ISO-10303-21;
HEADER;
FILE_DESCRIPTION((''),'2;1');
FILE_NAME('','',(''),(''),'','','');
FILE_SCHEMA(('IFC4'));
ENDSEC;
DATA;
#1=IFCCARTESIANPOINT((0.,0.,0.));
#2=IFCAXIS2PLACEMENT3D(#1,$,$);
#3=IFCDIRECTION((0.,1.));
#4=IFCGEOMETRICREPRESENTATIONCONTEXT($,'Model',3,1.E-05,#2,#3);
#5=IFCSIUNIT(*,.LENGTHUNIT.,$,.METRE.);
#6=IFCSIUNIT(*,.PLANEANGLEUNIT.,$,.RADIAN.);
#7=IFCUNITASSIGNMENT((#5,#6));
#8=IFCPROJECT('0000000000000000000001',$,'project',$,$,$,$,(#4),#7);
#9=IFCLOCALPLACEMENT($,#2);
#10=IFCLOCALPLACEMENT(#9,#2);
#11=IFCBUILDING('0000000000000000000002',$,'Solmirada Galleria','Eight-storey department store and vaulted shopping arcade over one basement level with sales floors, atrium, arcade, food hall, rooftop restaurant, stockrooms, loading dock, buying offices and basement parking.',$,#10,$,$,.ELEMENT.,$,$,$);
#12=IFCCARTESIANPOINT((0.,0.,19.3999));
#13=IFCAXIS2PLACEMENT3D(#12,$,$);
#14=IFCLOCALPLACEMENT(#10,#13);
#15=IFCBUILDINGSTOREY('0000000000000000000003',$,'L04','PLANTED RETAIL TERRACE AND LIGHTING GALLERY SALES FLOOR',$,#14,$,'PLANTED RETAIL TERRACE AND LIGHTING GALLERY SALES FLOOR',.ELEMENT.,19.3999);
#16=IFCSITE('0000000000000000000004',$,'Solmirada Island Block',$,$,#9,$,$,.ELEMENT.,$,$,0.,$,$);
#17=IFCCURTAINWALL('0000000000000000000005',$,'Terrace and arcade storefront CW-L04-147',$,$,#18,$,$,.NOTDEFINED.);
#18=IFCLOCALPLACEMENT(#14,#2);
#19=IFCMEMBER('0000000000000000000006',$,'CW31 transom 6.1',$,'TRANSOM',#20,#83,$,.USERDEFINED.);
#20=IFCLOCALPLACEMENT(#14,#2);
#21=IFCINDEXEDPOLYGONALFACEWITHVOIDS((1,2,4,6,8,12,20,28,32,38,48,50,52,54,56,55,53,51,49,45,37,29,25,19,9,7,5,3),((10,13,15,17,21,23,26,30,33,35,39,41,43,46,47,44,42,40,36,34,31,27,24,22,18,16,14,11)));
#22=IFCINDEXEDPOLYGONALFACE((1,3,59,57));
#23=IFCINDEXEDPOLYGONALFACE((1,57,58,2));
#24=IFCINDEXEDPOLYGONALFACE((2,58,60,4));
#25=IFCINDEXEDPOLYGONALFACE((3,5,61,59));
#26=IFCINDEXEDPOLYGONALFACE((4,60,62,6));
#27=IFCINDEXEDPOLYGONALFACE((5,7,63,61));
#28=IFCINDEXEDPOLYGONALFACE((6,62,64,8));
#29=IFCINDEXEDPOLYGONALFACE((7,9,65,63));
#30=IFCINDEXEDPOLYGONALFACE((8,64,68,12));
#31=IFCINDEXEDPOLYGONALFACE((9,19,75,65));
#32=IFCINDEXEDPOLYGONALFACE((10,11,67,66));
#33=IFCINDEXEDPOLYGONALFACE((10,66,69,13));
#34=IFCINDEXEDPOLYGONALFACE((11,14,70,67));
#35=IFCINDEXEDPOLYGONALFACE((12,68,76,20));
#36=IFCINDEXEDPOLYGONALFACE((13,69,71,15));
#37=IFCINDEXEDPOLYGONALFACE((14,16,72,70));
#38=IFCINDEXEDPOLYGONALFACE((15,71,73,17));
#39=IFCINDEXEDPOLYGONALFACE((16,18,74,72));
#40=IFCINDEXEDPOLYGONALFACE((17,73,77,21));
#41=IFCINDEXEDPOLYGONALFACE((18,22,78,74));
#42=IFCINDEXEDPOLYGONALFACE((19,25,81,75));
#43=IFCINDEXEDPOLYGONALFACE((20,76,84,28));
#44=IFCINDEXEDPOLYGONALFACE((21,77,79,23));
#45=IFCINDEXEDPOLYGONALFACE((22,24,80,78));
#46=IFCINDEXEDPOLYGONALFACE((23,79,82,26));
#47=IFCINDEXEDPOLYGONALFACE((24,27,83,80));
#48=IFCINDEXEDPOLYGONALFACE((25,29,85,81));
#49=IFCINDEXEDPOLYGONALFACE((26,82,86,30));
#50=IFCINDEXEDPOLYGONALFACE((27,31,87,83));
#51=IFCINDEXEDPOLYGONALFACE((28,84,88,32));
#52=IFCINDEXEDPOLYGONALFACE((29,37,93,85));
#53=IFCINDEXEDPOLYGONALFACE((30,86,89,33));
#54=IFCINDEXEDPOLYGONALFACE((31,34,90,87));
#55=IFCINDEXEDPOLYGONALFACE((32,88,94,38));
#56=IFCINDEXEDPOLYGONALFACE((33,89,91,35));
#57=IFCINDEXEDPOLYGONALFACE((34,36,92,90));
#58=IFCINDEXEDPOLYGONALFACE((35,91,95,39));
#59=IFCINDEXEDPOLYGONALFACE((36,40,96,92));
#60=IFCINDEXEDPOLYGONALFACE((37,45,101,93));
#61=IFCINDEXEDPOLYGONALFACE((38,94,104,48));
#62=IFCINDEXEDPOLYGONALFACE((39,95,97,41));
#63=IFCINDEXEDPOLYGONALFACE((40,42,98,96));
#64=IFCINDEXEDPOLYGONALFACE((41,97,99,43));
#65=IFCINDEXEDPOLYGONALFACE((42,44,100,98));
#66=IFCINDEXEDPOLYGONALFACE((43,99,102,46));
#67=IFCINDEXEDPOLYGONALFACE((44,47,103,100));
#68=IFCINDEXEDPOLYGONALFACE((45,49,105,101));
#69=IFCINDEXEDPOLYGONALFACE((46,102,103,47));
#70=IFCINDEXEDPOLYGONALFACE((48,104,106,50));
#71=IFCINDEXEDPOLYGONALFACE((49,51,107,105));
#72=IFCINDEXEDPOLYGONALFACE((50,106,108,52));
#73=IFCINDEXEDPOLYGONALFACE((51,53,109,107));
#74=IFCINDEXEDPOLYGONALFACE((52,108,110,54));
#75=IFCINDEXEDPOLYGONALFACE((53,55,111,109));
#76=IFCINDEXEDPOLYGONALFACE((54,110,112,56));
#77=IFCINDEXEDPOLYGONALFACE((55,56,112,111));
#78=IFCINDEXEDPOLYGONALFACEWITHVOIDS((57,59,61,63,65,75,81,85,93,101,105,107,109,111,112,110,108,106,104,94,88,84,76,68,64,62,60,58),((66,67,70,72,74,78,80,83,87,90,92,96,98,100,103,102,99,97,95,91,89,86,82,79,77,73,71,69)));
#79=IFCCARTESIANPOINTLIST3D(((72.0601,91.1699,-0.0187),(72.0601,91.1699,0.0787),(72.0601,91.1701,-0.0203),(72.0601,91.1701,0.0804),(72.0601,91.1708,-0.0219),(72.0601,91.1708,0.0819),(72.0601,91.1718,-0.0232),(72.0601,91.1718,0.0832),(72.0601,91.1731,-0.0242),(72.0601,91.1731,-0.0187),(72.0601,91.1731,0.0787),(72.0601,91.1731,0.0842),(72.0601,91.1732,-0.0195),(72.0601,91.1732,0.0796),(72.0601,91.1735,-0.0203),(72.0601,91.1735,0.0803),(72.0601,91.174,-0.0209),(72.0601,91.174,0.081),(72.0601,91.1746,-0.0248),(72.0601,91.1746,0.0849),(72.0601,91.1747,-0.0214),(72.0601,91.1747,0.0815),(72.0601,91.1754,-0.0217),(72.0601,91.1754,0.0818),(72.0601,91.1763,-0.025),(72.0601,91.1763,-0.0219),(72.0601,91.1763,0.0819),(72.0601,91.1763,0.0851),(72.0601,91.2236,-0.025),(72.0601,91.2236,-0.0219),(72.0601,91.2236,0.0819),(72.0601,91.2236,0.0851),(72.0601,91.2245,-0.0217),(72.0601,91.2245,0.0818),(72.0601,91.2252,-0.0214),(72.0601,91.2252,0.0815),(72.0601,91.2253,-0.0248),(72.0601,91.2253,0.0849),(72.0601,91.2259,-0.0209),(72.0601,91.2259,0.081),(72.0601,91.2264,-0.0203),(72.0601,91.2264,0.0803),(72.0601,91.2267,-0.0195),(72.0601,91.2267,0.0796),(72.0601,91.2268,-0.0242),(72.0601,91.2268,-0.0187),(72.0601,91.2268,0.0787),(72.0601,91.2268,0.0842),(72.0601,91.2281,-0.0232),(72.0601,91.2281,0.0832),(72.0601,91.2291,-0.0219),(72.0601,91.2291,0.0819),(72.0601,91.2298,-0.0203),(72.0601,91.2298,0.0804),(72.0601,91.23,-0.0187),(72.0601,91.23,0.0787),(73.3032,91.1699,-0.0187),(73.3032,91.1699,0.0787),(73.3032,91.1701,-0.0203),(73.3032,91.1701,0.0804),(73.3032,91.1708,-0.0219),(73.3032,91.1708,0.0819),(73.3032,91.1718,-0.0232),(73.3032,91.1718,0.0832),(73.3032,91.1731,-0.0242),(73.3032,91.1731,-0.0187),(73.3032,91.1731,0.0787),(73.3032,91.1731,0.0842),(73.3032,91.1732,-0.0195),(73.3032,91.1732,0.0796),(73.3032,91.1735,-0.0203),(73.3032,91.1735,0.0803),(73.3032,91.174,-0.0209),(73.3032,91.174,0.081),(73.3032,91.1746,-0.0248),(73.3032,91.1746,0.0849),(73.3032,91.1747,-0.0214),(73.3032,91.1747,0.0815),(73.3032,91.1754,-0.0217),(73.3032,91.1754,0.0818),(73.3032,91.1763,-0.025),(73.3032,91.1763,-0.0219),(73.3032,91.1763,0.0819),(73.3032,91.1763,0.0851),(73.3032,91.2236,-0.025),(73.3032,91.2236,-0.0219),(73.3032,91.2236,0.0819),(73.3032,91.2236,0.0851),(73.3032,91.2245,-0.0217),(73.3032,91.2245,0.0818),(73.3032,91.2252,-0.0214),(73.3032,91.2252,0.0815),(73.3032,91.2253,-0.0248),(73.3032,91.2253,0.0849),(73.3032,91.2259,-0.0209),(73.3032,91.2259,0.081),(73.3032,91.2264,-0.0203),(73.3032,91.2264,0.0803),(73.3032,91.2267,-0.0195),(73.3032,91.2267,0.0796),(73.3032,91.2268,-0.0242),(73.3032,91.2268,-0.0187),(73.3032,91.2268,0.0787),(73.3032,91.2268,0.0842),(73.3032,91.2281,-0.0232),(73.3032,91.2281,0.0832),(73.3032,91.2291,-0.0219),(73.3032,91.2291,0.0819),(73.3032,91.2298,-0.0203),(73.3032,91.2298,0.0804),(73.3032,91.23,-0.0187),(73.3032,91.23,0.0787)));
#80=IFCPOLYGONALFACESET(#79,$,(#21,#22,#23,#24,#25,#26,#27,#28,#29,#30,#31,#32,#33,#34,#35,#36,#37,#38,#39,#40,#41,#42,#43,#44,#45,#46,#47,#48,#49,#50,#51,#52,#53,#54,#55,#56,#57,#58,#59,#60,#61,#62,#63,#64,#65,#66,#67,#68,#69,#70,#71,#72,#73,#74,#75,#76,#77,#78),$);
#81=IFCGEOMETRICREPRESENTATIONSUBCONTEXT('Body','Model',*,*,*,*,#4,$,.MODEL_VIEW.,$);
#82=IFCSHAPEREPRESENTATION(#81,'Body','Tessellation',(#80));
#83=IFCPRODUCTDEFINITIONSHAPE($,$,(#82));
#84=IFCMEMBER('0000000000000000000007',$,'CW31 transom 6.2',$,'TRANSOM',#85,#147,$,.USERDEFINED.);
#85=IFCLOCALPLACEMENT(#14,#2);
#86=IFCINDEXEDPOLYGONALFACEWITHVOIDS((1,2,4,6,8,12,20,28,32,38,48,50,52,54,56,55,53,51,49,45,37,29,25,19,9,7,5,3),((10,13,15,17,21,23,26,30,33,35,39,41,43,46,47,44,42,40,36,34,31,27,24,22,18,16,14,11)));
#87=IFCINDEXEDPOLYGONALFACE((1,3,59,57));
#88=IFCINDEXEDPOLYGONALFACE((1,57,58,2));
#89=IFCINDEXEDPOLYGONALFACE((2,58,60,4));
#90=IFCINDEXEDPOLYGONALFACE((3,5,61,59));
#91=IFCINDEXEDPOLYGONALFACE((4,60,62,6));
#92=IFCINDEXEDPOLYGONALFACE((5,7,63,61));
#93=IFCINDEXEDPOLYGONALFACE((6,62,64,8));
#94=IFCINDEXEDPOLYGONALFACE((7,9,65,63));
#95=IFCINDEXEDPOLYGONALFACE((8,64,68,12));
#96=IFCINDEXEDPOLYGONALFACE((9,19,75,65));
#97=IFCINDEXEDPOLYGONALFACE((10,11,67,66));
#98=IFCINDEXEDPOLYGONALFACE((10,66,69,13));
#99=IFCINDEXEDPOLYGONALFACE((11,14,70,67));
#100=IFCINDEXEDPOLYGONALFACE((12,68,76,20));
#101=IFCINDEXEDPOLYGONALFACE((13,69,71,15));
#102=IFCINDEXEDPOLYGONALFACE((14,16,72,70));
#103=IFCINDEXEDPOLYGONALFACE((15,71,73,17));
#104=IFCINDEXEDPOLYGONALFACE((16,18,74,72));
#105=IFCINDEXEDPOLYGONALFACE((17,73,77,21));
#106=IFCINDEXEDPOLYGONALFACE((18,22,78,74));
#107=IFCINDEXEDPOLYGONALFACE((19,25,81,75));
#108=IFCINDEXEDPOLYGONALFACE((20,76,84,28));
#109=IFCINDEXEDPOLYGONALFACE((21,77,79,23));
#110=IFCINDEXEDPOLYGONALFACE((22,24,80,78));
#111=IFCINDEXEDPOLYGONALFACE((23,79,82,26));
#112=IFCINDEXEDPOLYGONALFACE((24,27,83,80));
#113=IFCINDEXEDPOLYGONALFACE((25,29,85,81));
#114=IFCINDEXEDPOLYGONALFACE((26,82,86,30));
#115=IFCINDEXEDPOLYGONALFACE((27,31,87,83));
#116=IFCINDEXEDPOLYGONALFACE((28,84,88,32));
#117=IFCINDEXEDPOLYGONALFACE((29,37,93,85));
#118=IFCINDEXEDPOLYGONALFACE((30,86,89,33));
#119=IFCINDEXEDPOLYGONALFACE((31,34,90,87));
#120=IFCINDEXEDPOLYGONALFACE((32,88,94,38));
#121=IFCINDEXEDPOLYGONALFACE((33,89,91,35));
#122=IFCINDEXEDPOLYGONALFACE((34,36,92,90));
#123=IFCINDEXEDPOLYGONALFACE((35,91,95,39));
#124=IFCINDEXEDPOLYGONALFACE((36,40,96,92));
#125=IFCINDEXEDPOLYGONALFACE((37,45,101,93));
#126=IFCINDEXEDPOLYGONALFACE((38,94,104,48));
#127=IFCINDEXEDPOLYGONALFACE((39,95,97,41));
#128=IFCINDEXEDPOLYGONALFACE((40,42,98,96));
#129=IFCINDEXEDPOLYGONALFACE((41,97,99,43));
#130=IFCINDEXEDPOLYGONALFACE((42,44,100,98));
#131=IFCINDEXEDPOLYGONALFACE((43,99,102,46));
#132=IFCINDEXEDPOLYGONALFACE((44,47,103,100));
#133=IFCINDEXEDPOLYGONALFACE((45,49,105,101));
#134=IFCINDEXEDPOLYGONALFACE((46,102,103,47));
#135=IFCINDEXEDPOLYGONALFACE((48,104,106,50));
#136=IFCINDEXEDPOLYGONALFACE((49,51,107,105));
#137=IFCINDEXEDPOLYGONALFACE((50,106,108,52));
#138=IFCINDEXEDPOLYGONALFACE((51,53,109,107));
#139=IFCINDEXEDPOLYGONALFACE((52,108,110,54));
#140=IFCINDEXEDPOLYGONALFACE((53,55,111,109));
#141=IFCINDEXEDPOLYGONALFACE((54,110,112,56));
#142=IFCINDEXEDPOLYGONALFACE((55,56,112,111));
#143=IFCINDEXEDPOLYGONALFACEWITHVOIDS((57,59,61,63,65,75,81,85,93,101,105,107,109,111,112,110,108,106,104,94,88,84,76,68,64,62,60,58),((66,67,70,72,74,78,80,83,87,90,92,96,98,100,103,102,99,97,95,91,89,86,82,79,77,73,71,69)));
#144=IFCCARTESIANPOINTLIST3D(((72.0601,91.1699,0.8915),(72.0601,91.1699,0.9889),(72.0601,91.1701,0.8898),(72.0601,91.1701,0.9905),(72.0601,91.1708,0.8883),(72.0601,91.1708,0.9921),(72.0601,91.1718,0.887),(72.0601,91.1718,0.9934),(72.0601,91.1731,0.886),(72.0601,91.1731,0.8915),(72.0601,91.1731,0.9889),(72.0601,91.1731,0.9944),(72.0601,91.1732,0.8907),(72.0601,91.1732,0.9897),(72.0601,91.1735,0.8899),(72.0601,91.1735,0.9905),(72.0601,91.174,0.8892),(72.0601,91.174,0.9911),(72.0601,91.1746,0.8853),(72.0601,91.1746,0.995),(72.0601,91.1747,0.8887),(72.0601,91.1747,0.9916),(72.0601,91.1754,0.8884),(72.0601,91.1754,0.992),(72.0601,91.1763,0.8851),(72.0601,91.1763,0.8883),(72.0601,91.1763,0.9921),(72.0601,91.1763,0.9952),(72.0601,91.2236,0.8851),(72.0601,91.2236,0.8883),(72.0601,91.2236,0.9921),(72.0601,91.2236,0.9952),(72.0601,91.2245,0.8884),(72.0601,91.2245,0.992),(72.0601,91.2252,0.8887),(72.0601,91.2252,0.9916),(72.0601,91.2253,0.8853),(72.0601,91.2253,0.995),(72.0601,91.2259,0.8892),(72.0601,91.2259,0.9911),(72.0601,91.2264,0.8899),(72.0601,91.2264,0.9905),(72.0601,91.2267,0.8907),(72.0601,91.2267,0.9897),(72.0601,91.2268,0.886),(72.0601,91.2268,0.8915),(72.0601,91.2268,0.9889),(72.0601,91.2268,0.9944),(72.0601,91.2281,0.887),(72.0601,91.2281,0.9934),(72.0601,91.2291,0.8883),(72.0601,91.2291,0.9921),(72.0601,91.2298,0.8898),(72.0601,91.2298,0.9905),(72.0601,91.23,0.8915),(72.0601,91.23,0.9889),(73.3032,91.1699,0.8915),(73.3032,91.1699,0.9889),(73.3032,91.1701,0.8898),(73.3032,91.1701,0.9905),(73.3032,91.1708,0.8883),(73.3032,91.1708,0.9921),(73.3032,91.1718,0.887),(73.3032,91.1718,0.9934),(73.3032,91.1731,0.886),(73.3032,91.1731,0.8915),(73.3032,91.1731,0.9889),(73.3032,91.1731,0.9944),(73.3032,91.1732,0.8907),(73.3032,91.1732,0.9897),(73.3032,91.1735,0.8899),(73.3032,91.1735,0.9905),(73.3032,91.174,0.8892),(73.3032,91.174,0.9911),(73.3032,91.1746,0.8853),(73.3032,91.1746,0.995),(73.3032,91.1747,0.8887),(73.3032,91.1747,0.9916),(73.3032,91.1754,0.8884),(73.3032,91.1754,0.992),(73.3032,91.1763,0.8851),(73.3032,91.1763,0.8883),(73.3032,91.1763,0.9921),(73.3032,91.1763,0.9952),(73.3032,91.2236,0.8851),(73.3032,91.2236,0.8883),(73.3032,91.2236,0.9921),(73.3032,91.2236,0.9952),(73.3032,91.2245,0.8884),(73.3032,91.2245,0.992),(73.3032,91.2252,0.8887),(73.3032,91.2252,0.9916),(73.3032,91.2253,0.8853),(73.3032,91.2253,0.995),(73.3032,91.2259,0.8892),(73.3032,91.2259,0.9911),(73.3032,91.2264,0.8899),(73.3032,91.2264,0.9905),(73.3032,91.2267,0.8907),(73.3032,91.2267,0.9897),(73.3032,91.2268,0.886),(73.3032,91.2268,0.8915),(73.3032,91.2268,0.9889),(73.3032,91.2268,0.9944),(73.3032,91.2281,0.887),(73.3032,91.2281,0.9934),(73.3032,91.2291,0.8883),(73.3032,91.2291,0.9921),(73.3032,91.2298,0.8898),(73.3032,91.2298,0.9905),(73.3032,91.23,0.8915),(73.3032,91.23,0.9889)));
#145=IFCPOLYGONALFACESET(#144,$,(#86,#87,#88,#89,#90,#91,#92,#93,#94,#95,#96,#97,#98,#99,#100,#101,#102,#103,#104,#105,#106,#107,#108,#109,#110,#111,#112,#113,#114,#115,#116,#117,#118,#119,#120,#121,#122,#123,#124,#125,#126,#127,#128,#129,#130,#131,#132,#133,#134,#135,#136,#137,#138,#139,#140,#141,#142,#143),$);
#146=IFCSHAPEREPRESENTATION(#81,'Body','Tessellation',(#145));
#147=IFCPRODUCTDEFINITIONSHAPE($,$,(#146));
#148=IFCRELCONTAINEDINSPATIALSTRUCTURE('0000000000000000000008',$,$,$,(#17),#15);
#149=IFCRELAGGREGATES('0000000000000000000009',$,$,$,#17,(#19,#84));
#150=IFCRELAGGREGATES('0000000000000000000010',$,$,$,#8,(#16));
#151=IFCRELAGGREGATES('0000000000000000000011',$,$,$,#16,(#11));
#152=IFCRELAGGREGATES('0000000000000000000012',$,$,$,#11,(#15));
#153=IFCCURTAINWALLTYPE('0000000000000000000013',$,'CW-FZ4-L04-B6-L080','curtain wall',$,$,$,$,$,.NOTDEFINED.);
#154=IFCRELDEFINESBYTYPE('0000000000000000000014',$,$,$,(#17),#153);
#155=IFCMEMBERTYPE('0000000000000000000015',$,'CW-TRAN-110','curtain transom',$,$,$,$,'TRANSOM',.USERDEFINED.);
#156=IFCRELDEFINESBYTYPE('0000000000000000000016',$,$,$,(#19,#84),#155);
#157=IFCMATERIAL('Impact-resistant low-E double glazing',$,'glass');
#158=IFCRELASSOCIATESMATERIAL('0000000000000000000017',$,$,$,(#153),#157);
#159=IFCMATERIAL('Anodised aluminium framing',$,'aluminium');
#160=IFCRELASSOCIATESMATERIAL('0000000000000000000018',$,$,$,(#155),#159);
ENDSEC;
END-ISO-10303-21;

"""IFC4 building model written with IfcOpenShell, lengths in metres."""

from ifc_helpers import new_model, si_unit, direction, frame, origin, origin_2d, place, context, subcontext, project, spatial, hollow_rectangle, extrude, material, material_profile, profile_set, type_object, element, aggregate, save


model = new_model("IFC4")

# Units and contexts
model_context = context("Model", 3, precision=1e-05, world=origin(), true_north=direction((0.0, 1.0)))
body_context = subcontext(model_context, "Body", "Model", "MODEL_VIEW")
ifc_project = project(units=[si_unit("LENGTHUNIT", "METRE"), si_unit("PLANEANGLEUNIT", "RADIAN")], contexts=[model_context])

# Site, building, storey
site_placement = place(None, origin())
site = spatial("IfcSite", under=ifc_project, at=site_placement, Name="Solmirada Island Block", CompositionType="ELEMENT", RefElevation=0.0)
building_placement = place(site_placement, origin())
building = spatial("IfcBuilding", under=site, at=building_placement, Name="Solmirada Galleria", Description="Eight-storey department store and vaulted shopping arcade over one basement level with sales floors, atrium, arcade, food hall, rooftop restaurant, stockrooms, loading dock, buying offices and basement parking.", CompositionType="ELEMENT")
storey_placement = place(building_placement, frame((0.0, 0.0, 19.3999)))
storey = spatial("IfcBuildingStorey", under=building, at=storey_placement, Name="L04", Description="PLANTED RETAIL TERRACE AND LIGHTING GALLERY SALES FLOOR", LongName="PLANTED RETAIL TERRACE AND LIGHTING GALLERY SALES FLOOR", CompositionType="ELEMENT", Elevation=19.3999)

# Curtain wall
ifc_material_1 = material(Name="Impact-resistant low-E double glazing", Category="glass")
curtain_wall_type = type_object("IfcCurtainWallType", Name="CW-FZ4-L04-B6-L080", Description="curtain wall", PredefinedType="NOTDEFINED", material=ifc_material_1)
curtain_wall_1_placement = place(storey_placement, origin())
curtain_wall_1 = element("IfcCurtainWall", 1, at=curtain_wall_1_placement, inside=storey, type_object=curtain_wall_type, Name="Terrace and arcade storefront CW-L04-147", PredefinedType="NOTDEFINED")
ifc_material_2 = material(Name="Anodised aluminium framing", Category="aluminium")

# Members
ifc_material_profile_1 = material_profile(ifc_material_2, hollow_rectangle(XDim=0.0601, YDim=0.1101, WallThickness=0.0032, InnerFilletRadius=0.0032, OuterFilletRadius=0.0063, at=origin_2d()), Name="ALU-TRAN-110X60")
ifc_profile_set_1 = profile_set([ifc_material_profile_1], Name="Anodised aluminium framing")
member_type_1 = type_object("IfcMemberType", Name="CW-TRAN-110", Description="curtain transom", ElementType="TRANSOM", PredefinedType="USERDEFINED", material=ifc_profile_set_1)
member_1_placement = place(storey_placement, frame((73.3032, 91.2, 0.03), z_axis=(-1.0, 0.0, 0.0), x_axis=(0.0, -1.0, 0.0)))
member_1 = element("IfcMember", 2, at=member_1_placement, type_object=member_type_1, Name="CW31 transom 6.1", ObjectType="TRANSOM", PredefinedType="USERDEFINED", context=body_context, shape_type="SweptSolid", body=[
    extrude(hollow_rectangle(XDim=0.0601, YDim=0.1101, WallThickness=0.0032, InnerFilletRadius=0.0032, OuterFilletRadius=0.0063, at=origin_2d()), origin(), (0.0, 0.0, 1.0), 1.2432),
])
member_2_placement = place(storey_placement, frame((73.3032, 91.2, 0.9402), z_axis=(-1.0, 0.0, 0.0), x_axis=(0.0, -1.0, 0.0)))
member_2 = element("IfcMember", 3, at=member_2_placement, type_object=member_type_1, Name="CW31 transom 6.2", ObjectType="TRANSOM", PredefinedType="USERDEFINED", context=body_context, shape_type="SweptSolid", body=[
    extrude(hollow_rectangle(XDim=0.0601, YDim=0.1101, WallThickness=0.0032, InnerFilletRadius=0.0032, OuterFilletRadius=0.0063, at=origin_2d()), origin(), (0.0, 0.0, 1.0), 1.2432),
])

aggregate(curtain_wall_1, [member_1, member_2])

save(model, "model.ifc")
